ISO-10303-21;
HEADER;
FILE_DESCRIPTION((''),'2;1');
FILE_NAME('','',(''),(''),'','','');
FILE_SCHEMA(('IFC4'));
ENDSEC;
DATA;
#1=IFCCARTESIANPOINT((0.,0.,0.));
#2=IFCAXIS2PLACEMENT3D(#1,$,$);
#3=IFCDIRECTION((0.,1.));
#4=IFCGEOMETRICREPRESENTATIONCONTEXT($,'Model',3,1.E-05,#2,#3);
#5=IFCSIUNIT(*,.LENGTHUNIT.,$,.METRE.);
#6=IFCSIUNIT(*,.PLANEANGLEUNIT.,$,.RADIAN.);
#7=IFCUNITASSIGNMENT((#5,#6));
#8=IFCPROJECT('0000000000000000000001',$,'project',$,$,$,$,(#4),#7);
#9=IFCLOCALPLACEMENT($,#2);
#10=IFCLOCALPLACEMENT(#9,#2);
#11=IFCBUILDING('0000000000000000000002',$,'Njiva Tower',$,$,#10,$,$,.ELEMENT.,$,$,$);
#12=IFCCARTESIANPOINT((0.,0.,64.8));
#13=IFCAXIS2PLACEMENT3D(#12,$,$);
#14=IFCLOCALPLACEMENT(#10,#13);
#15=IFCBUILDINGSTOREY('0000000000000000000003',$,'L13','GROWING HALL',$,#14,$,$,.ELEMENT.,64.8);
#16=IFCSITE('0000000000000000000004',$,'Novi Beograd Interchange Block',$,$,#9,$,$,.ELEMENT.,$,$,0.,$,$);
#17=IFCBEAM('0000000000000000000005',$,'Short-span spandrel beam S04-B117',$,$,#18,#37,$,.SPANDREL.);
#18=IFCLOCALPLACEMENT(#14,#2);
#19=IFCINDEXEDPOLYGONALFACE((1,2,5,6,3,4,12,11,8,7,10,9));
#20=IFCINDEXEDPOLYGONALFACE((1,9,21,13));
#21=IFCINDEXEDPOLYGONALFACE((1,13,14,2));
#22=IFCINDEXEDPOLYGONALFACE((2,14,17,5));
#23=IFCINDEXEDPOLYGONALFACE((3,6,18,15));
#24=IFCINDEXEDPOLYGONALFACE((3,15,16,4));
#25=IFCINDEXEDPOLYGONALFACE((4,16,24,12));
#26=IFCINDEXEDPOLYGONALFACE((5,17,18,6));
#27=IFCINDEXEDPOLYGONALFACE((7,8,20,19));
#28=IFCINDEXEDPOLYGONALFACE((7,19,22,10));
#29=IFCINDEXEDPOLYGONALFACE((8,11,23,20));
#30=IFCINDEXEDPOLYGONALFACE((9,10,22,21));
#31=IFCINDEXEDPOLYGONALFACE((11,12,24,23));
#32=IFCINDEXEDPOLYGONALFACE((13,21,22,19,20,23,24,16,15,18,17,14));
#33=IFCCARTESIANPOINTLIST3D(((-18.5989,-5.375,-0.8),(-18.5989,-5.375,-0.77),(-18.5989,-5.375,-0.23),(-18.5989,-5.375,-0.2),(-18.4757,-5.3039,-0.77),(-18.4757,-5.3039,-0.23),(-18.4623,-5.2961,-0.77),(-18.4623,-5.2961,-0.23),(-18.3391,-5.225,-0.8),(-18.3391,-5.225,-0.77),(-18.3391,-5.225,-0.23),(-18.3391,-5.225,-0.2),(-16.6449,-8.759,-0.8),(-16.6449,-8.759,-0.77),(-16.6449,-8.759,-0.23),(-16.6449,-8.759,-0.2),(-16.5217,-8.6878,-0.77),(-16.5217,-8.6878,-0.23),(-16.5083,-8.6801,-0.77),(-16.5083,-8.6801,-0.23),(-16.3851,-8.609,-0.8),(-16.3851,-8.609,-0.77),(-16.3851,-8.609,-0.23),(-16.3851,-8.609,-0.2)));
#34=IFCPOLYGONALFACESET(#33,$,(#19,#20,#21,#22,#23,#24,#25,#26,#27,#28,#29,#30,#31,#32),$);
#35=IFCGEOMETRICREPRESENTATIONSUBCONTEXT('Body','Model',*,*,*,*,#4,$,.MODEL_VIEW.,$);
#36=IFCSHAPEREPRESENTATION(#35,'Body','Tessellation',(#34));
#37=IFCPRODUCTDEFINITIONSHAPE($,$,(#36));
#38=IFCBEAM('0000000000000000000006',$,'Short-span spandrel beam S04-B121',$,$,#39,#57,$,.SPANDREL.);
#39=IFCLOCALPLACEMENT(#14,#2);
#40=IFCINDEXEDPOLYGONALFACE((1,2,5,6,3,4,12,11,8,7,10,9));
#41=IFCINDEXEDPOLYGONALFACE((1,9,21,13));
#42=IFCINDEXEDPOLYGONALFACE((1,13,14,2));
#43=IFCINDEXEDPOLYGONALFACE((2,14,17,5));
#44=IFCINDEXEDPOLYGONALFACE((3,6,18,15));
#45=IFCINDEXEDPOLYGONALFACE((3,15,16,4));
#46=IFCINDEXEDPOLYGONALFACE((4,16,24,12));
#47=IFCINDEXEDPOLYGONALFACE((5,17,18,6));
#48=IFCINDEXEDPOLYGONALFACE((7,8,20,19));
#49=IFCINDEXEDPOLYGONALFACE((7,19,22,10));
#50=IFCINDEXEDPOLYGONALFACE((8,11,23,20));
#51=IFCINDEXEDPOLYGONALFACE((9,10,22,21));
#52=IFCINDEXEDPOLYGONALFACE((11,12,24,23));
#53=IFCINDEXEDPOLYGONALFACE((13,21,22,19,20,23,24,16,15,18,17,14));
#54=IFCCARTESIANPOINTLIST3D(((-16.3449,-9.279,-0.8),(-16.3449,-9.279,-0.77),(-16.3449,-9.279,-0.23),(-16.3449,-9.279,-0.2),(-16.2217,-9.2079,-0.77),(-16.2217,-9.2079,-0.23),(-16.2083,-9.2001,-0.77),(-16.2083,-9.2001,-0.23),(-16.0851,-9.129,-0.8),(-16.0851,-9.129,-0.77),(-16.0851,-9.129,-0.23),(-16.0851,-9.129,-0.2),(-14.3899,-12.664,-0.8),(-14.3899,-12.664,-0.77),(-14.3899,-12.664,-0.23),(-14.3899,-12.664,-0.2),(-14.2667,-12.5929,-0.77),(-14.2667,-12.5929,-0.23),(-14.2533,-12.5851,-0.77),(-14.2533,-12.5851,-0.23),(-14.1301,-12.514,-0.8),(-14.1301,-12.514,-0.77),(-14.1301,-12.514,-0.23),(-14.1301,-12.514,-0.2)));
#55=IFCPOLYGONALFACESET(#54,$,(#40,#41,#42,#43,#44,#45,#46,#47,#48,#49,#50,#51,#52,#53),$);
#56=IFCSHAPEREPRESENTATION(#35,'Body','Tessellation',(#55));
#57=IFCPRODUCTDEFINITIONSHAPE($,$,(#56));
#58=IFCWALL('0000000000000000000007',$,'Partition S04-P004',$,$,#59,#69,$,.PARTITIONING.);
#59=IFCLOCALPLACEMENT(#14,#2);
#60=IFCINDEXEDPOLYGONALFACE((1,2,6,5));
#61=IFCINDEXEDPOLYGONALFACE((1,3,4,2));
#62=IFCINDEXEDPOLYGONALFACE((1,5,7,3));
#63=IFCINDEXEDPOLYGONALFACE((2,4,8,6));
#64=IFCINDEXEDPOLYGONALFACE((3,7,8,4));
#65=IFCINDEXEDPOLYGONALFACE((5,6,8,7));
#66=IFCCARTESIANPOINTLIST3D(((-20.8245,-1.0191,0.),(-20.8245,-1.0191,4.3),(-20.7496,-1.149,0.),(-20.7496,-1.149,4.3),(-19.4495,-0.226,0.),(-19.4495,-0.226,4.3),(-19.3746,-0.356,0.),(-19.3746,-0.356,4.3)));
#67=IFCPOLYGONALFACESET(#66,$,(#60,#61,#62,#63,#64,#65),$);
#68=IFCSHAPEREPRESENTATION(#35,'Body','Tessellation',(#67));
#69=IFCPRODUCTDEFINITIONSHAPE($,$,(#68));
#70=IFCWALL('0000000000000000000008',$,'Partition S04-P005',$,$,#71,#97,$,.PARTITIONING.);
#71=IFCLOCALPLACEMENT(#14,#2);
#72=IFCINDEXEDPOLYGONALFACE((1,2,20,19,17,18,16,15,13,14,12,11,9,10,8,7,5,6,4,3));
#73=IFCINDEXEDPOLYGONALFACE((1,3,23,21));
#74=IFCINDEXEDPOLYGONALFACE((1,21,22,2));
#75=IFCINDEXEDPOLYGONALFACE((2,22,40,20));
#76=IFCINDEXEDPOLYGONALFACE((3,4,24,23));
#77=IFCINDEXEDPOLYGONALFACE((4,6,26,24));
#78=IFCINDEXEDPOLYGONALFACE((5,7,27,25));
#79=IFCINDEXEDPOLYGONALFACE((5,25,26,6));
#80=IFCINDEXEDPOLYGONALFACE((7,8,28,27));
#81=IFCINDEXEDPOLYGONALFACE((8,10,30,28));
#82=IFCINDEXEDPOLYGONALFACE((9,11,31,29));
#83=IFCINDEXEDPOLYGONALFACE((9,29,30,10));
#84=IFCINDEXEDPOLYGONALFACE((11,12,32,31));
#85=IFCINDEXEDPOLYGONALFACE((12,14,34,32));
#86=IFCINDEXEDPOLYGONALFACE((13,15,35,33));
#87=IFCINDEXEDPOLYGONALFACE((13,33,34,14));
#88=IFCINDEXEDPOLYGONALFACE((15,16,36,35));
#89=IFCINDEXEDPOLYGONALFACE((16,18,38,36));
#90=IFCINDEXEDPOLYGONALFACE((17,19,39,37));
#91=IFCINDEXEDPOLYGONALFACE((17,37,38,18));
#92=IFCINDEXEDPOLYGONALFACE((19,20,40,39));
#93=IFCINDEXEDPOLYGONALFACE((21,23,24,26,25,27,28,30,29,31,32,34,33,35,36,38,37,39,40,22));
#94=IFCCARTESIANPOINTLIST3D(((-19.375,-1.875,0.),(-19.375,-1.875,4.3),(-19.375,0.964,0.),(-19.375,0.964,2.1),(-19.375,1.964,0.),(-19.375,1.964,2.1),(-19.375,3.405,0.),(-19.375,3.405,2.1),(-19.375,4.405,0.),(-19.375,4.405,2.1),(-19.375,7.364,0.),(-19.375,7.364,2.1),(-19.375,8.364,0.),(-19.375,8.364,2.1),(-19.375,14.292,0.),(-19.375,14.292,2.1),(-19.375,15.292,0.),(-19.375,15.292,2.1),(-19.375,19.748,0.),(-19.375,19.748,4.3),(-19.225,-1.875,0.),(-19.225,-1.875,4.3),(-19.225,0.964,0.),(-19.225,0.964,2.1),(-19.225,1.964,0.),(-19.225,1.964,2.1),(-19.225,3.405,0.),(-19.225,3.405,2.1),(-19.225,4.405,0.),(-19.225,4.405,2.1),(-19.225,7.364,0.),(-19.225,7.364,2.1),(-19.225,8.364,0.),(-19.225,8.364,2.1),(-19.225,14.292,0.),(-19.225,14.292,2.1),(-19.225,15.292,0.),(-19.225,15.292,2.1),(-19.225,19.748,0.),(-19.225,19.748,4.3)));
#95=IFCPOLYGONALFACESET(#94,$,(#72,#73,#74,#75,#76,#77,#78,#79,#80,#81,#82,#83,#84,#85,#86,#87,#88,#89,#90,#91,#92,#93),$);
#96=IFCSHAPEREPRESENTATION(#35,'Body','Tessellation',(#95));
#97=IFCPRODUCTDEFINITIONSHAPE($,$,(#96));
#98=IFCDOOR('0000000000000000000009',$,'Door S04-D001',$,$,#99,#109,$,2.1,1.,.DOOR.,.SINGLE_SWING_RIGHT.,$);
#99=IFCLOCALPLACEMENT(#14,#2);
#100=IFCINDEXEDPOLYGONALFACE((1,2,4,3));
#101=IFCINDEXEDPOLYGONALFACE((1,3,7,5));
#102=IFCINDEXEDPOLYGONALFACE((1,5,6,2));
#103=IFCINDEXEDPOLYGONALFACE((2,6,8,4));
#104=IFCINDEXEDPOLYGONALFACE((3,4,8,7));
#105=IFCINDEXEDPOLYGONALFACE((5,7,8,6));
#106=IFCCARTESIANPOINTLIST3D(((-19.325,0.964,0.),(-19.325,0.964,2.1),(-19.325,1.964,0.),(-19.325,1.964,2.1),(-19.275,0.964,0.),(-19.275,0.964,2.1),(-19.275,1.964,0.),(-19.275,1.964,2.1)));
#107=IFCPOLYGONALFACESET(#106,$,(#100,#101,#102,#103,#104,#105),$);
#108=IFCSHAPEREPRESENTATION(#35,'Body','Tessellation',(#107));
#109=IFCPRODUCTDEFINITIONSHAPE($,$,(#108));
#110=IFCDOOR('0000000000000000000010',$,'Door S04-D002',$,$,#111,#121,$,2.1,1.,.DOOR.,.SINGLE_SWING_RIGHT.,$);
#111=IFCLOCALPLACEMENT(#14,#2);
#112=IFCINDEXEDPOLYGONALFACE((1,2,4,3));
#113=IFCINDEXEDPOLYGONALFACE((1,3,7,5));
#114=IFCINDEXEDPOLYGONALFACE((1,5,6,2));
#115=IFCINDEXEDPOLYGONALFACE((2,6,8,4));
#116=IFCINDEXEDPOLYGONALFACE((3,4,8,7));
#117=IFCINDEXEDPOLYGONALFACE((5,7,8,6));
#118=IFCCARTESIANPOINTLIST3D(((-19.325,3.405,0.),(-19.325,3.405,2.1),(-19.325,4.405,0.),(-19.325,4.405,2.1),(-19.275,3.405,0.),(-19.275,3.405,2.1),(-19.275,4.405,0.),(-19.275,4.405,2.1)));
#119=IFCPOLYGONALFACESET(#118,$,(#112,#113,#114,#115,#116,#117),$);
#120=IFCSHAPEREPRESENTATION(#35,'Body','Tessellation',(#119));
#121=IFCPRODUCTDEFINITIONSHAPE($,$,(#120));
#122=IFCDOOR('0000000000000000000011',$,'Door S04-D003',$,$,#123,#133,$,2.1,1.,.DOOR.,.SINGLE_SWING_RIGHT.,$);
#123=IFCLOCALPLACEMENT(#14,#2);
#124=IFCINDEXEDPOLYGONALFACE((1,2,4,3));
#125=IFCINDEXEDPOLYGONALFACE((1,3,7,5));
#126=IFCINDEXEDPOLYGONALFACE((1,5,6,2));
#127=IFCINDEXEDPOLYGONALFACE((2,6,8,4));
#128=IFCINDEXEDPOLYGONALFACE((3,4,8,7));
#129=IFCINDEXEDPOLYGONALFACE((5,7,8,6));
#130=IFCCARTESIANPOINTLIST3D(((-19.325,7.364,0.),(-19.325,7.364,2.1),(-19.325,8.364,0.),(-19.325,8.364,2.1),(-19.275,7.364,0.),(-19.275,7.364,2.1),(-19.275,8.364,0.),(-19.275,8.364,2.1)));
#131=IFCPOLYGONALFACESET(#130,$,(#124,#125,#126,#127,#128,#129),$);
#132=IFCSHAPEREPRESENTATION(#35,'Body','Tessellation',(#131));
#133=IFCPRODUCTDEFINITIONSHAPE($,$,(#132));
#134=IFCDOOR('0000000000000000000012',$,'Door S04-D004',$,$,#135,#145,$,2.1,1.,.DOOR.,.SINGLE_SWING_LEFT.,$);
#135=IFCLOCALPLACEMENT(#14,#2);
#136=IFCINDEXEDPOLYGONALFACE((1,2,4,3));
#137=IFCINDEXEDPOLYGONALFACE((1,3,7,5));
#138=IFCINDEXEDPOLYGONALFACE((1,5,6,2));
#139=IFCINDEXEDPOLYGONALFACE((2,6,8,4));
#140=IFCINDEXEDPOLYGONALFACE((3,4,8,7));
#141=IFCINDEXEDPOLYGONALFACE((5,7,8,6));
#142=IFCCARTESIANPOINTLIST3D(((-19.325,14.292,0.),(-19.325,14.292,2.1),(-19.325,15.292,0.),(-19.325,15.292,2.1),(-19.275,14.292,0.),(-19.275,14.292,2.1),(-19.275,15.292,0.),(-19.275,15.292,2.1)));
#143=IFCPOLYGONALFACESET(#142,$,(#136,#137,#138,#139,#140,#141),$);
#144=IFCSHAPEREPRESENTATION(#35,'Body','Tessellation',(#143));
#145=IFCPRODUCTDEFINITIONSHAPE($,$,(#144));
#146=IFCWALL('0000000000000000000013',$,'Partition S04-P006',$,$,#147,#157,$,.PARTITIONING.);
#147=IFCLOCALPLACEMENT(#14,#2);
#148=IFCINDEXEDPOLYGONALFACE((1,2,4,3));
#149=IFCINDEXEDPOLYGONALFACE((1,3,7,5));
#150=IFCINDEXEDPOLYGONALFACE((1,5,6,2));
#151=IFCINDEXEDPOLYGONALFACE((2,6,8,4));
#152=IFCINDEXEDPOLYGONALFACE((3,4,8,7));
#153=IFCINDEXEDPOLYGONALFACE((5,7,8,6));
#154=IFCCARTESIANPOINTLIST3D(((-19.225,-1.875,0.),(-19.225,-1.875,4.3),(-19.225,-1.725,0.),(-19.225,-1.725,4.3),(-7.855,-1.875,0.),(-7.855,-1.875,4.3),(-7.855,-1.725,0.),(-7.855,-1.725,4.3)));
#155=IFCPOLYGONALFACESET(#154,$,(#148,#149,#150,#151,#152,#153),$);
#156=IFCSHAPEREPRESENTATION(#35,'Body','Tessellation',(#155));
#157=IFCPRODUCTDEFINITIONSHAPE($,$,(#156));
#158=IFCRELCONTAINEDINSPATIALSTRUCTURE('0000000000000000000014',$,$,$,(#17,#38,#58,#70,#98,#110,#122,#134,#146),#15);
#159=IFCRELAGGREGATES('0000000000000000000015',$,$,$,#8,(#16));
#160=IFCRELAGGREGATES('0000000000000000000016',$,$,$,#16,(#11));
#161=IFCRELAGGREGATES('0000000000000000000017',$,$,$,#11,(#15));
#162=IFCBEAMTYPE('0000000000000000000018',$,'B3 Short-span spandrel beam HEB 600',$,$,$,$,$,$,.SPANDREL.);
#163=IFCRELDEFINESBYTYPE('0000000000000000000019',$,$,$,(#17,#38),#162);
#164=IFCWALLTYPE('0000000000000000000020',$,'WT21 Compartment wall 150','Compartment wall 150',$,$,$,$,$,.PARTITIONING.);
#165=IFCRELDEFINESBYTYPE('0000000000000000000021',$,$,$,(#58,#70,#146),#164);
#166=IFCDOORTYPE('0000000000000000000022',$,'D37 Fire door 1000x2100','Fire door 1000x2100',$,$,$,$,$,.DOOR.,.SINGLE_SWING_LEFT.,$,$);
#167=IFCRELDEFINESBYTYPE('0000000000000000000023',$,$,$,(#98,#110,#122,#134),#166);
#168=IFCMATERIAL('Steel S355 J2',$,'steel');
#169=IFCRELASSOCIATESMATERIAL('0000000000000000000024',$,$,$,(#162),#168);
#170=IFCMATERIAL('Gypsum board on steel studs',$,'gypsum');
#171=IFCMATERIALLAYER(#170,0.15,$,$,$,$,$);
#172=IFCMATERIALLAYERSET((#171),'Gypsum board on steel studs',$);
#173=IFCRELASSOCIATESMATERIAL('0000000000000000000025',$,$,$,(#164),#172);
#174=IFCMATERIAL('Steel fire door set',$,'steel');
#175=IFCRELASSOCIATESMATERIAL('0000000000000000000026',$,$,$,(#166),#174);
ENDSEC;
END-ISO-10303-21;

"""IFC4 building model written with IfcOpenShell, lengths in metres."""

from ifc_helpers import new_model, si_unit, direction, frame, frame_2d, origin, origin_2d, place, context, subcontext, project, spatial, rectangle, i_section, extrude, material, layer, layer_set, material_profile, profile_set, type_object, element, fill, save


model = new_model("IFC4")

# Units and contexts
model_context = context("Model", 3, precision=1e-05, world=origin(), true_north=direction((0.0, 1.0)))
body_context = subcontext(model_context, "Body", "Model", "MODEL_VIEW")
ifc_project = project(units=[si_unit("LENGTHUNIT", "METRE"), si_unit("PLANEANGLEUNIT", "RADIAN")], contexts=[model_context])

# Site, building, storey
site_placement = place(None, origin())
site = spatial("IfcSite", under=ifc_project, at=site_placement, Name="Novi Beograd Interchange Block", CompositionType="ELEMENT", RefElevation=0.0)
building_placement = place(site_placement, origin())
building = spatial("IfcBuilding", under=site, at=building_placement, Name="Njiva Tower", CompositionType="ELEMENT")
storey_placement = place(building_placement, frame((0.0, 0.0, 64.8)))
storey = spatial("IfcBuildingStorey", under=building, at=storey_placement, Name="L13", Description="GROWING HALL", CompositionType="ELEMENT", Elevation=64.8)

# Shared definitions
ifc_material_1 = material(Name="Steel S355 J2", Category="steel")

# Beams
ifc_material_profile_1 = material_profile(ifc_material_1, i_section(OverallWidth=0.3, OverallDepth=0.6, WebThickness=0.0155, FlangeThickness=0.03, at=origin_2d()), Name="HEB 600")
ifc_profile_set_1 = profile_set([ifc_material_profile_1], Name="Steel S355 J2")
beam_type_1 = type_object("IfcBeamType", Name="B3 Short-span spandrel beam HEB 600", PredefinedType="SPANDREL", material=ifc_profile_set_1)
beam_1_placement = place(storey_placement, frame((-18.469, -5.3, -0.5), z_axis=(0.500047, -0.865998, 0.0), x_axis=(0.865998, 0.500047, 0.0)))
element("IfcBeam", 1, at=beam_1_placement, inside=storey, type_object=beam_type_1, Name="Short-span spandrel beam S04-B117", PredefinedType="SPANDREL", context=body_context, shape_type="SweptSolid", body=[
    extrude(i_section(OverallWidth=0.3, OverallDepth=0.6, WebThickness=0.0155, FlangeThickness=0.03, at=origin_2d()), origin(), (0.0, 0.0, 1.0), 3.9076),
])
beam_2_placement = place(storey_placement, frame((-16.215, -9.204, -0.5), z_axis=(0.500128, -0.865951, 0.0), x_axis=(0.865951, 0.500128, 0.0)))
element("IfcBeam", 2, at=beam_2_placement, inside=storey, type_object=beam_type_1, Name="Short-span spandrel beam S04-B121", PredefinedType="SPANDREL", context=body_context, shape_type="SweptSolid", body=[
    extrude(i_section(OverallWidth=0.3, OverallDepth=0.6, WebThickness=0.0155, FlangeThickness=0.03, at=origin_2d()), origin(), (0.0, 0.0, 1.0), 3.909),
])

# Wall
ifc_material_2 = material(Name="Gypsum board on steel studs", Category="gypsum")
ifc_layer = layer(ifc_material_2, 0.15)
ifc_layer_set = layer_set([ifc_layer], Name="Gypsum board on steel studs")
wall_type = type_object("IfcWallType", Name="WT21 Compartment wall 150", Description="Compartment wall 150", PredefinedType="PARTITIONING", material=ifc_layer_set)
wall_1_placement = place(storey_placement, frame((-20.787, -1.084, 0.0), z_axis=(0.0, 0.0, 1.0), x_axis=(0.866259, 0.499595, 0.0)))
element("IfcWall", 3, at=wall_1_placement, inside=storey, type_object=wall_type, Name="Partition S04-P004", PredefinedType="PARTITIONING", context=body_context, shape_type="SweptSolid", body=[
    extrude(rectangle(XDim=1.5873, YDim=0.15, at=frame_2d((0.7936, 0.0))), origin(), (0.0, 0.0, 1.0), 4.3),
])

# Wall, openings, doors
wall_2_placement = place(storey_placement, frame((-19.3, -1.875, 0.0), z_axis=(0.0, 0.0, 1.0), x_axis=(0.0, 1.0, 0.0)))
wall_2 = element("IfcWall", 4, at=wall_2_placement, inside=storey, type_object=wall_type, Name="Partition S04-P005", PredefinedType="PARTITIONING", context=body_context, shape_type="SweptSolid", body=[
    extrude(rectangle(XDim=21.623, YDim=0.15, at=frame_2d((10.8115, 0.0))), origin(), (0.0, 0.0, 1.0), 4.3),
])
opening_1_placement = place(wall_2_placement, frame((2.839, 0.0, 0.0)))
opening_1 = element("IfcOpeningElement", 5, at=opening_1_placement, cuts=wall_2, PredefinedType="OPENING", context=body_context, shape_type="SweptSolid", body=[
    extrude(rectangle(XDim=1.0, YDim=2.1, at=frame_2d((0.5, 1.05))), frame((0.0, 0.085, 0.0), z_axis=(0.0, -1.0, 0.0), x_axis=(1.0, 0.0, 0.0)), (0.0, 0.0, 1.0), 0.17),
])
opening_2_placement = place(wall_2_placement, frame((5.28, 0.0, 0.0)))
opening_2 = element("IfcOpeningElement", 6, at=opening_2_placement, cuts=wall_2, PredefinedType="OPENING", context=body_context, shape_type="SweptSolid", body=[
    extrude(rectangle(XDim=1.0, YDim=2.1, at=frame_2d((0.5, 1.05))), frame((0.0, 0.085, 0.0), z_axis=(0.0, -1.0, 0.0), x_axis=(1.0, 0.0, 0.0)), (0.0, 0.0, 1.0), 0.17),
])
opening_3_placement = place(wall_2_placement, frame((9.239, 0.0, 0.0)))
opening_3 = element("IfcOpeningElement", 7, at=opening_3_placement, cuts=wall_2, PredefinedType="OPENING", context=body_context, shape_type="SweptSolid", body=[
    extrude(rectangle(XDim=1.0, YDim=2.1, at=frame_2d((0.5, 1.05))), frame((0.0, 0.085, 0.0), z_axis=(0.0, -1.0, 0.0), x_axis=(1.0, 0.0, 0.0)), (0.0, 0.0, 1.0), 0.17),
])
opening_4_placement = place(wall_2_placement, frame((16.167, 0.0, 0.0)))
opening_4 = element("IfcOpeningElement", 8, at=opening_4_placement, cuts=wall_2, PredefinedType="OPENING", context=body_context, shape_type="SweptSolid", body=[
    extrude(rectangle(XDim=1.0, YDim=2.1, at=frame_2d((0.5, 1.05))), frame((0.0, 0.085, 0.0), z_axis=(0.0, -1.0, 0.0), x_axis=(1.0, 0.0, 0.0)), (0.0, 0.0, 1.0), 0.17),
])
ifc_material_3 = material(Name="Steel fire door set", Category="steel")
door_type = type_object("IfcDoorType", Name="D37 Fire door 1000x2100", Description="Fire door 1000x2100", OperationType="SINGLE_SWING_LEFT", PredefinedType="DOOR", material=ifc_material_3)
door_1_placement = place(opening_1_placement, origin())
door_1 = element("IfcDoor", 9, at=door_1_placement, inside=storey, type_object=door_type, Name="Door S04-D001", OperationType="SINGLE_SWING_RIGHT", OverallHeight=2.1, OverallWidth=1.0, PredefinedType="DOOR", context=body_context, shape_type="SweptSolid", body=[
    extrude(rectangle(XDim=1.0, YDim=2.1, at=frame_2d((0.5, 1.05))), frame((0.0, 0.025, 0.0), z_axis=(0.0, -1.0, 0.0), x_axis=(1.0, 0.0, 0.0)), (0.0, 0.0, 1.0), 0.05),
])
fill(opening_1, door_1)
door_2_placement = place(opening_2_placement, origin())
door_2 = element("IfcDoor", 10, at=door_2_placement, inside=storey, type_object=door_type, Name="Door S04-D002", OperationType="SINGLE_SWING_RIGHT", OverallHeight=2.1, OverallWidth=1.0, PredefinedType="DOOR", context=body_context, shape_type="SweptSolid", body=[
    extrude(rectangle(XDim=1.0, YDim=2.1, at=frame_2d((0.5, 1.05))), frame((0.0, 0.025, 0.0), z_axis=(0.0, -1.0, 0.0), x_axis=(1.0, 0.0, 0.0)), (0.0, 0.0, 1.0), 0.05),
])
fill(opening_2, door_2)
door_3_placement = place(opening_3_placement, origin())
door_3 = element("IfcDoor", 11, at=door_3_placement, inside=storey, type_object=door_type, Name="Door S04-D003", OperationType="SINGLE_SWING_RIGHT", OverallHeight=2.1, OverallWidth=1.0, PredefinedType="DOOR", context=body_context, shape_type="SweptSolid", body=[
    extrude(rectangle(XDim=1.0, YDim=2.1, at=frame_2d((0.5, 1.05))), frame((0.0, 0.025, 0.0), z_axis=(0.0, -1.0, 0.0), x_axis=(1.0, 0.0, 0.0)), (0.0, 0.0, 1.0), 0.05),
])
fill(opening_3, door_3)
door_4_placement = place(opening_4_placement, origin())
door_4 = element("IfcDoor", 12, at=door_4_placement, inside=storey, type_object=door_type, Name="Door S04-D004", OperationType="SINGLE_SWING_LEFT", OverallHeight=2.1, OverallWidth=1.0, PredefinedType="DOOR", context=body_context, shape_type="SweptSolid", body=[
    extrude(rectangle(XDim=1.0, YDim=2.1, at=frame_2d((0.5, 1.05))), frame((0.0, 0.025, 0.0), z_axis=(0.0, -1.0, 0.0), x_axis=(1.0, 0.0, 0.0)), (0.0, 0.0, 1.0), 0.05),
])
fill(opening_4, door_4)

# Wall
wall_3_placement = place(storey_placement, frame((-19.225, -1.8, 0.0), z_axis=(0.0, 0.0, 1.0), x_axis=(1.0, 0.0, 0.0)))
element("IfcWall", 13, at=wall_3_placement, inside=storey, type_object=wall_type, Name="Partition S04-P006", PredefinedType="PARTITIONING", context=body_context, shape_type="SweptSolid", body=[
    extrude(rectangle(XDim=11.37, YDim=0.15, at=frame_2d((5.685, 0.0))), origin(), (0.0, 0.0, 1.0), 4.3),
])

save(model, "model.ifc")
